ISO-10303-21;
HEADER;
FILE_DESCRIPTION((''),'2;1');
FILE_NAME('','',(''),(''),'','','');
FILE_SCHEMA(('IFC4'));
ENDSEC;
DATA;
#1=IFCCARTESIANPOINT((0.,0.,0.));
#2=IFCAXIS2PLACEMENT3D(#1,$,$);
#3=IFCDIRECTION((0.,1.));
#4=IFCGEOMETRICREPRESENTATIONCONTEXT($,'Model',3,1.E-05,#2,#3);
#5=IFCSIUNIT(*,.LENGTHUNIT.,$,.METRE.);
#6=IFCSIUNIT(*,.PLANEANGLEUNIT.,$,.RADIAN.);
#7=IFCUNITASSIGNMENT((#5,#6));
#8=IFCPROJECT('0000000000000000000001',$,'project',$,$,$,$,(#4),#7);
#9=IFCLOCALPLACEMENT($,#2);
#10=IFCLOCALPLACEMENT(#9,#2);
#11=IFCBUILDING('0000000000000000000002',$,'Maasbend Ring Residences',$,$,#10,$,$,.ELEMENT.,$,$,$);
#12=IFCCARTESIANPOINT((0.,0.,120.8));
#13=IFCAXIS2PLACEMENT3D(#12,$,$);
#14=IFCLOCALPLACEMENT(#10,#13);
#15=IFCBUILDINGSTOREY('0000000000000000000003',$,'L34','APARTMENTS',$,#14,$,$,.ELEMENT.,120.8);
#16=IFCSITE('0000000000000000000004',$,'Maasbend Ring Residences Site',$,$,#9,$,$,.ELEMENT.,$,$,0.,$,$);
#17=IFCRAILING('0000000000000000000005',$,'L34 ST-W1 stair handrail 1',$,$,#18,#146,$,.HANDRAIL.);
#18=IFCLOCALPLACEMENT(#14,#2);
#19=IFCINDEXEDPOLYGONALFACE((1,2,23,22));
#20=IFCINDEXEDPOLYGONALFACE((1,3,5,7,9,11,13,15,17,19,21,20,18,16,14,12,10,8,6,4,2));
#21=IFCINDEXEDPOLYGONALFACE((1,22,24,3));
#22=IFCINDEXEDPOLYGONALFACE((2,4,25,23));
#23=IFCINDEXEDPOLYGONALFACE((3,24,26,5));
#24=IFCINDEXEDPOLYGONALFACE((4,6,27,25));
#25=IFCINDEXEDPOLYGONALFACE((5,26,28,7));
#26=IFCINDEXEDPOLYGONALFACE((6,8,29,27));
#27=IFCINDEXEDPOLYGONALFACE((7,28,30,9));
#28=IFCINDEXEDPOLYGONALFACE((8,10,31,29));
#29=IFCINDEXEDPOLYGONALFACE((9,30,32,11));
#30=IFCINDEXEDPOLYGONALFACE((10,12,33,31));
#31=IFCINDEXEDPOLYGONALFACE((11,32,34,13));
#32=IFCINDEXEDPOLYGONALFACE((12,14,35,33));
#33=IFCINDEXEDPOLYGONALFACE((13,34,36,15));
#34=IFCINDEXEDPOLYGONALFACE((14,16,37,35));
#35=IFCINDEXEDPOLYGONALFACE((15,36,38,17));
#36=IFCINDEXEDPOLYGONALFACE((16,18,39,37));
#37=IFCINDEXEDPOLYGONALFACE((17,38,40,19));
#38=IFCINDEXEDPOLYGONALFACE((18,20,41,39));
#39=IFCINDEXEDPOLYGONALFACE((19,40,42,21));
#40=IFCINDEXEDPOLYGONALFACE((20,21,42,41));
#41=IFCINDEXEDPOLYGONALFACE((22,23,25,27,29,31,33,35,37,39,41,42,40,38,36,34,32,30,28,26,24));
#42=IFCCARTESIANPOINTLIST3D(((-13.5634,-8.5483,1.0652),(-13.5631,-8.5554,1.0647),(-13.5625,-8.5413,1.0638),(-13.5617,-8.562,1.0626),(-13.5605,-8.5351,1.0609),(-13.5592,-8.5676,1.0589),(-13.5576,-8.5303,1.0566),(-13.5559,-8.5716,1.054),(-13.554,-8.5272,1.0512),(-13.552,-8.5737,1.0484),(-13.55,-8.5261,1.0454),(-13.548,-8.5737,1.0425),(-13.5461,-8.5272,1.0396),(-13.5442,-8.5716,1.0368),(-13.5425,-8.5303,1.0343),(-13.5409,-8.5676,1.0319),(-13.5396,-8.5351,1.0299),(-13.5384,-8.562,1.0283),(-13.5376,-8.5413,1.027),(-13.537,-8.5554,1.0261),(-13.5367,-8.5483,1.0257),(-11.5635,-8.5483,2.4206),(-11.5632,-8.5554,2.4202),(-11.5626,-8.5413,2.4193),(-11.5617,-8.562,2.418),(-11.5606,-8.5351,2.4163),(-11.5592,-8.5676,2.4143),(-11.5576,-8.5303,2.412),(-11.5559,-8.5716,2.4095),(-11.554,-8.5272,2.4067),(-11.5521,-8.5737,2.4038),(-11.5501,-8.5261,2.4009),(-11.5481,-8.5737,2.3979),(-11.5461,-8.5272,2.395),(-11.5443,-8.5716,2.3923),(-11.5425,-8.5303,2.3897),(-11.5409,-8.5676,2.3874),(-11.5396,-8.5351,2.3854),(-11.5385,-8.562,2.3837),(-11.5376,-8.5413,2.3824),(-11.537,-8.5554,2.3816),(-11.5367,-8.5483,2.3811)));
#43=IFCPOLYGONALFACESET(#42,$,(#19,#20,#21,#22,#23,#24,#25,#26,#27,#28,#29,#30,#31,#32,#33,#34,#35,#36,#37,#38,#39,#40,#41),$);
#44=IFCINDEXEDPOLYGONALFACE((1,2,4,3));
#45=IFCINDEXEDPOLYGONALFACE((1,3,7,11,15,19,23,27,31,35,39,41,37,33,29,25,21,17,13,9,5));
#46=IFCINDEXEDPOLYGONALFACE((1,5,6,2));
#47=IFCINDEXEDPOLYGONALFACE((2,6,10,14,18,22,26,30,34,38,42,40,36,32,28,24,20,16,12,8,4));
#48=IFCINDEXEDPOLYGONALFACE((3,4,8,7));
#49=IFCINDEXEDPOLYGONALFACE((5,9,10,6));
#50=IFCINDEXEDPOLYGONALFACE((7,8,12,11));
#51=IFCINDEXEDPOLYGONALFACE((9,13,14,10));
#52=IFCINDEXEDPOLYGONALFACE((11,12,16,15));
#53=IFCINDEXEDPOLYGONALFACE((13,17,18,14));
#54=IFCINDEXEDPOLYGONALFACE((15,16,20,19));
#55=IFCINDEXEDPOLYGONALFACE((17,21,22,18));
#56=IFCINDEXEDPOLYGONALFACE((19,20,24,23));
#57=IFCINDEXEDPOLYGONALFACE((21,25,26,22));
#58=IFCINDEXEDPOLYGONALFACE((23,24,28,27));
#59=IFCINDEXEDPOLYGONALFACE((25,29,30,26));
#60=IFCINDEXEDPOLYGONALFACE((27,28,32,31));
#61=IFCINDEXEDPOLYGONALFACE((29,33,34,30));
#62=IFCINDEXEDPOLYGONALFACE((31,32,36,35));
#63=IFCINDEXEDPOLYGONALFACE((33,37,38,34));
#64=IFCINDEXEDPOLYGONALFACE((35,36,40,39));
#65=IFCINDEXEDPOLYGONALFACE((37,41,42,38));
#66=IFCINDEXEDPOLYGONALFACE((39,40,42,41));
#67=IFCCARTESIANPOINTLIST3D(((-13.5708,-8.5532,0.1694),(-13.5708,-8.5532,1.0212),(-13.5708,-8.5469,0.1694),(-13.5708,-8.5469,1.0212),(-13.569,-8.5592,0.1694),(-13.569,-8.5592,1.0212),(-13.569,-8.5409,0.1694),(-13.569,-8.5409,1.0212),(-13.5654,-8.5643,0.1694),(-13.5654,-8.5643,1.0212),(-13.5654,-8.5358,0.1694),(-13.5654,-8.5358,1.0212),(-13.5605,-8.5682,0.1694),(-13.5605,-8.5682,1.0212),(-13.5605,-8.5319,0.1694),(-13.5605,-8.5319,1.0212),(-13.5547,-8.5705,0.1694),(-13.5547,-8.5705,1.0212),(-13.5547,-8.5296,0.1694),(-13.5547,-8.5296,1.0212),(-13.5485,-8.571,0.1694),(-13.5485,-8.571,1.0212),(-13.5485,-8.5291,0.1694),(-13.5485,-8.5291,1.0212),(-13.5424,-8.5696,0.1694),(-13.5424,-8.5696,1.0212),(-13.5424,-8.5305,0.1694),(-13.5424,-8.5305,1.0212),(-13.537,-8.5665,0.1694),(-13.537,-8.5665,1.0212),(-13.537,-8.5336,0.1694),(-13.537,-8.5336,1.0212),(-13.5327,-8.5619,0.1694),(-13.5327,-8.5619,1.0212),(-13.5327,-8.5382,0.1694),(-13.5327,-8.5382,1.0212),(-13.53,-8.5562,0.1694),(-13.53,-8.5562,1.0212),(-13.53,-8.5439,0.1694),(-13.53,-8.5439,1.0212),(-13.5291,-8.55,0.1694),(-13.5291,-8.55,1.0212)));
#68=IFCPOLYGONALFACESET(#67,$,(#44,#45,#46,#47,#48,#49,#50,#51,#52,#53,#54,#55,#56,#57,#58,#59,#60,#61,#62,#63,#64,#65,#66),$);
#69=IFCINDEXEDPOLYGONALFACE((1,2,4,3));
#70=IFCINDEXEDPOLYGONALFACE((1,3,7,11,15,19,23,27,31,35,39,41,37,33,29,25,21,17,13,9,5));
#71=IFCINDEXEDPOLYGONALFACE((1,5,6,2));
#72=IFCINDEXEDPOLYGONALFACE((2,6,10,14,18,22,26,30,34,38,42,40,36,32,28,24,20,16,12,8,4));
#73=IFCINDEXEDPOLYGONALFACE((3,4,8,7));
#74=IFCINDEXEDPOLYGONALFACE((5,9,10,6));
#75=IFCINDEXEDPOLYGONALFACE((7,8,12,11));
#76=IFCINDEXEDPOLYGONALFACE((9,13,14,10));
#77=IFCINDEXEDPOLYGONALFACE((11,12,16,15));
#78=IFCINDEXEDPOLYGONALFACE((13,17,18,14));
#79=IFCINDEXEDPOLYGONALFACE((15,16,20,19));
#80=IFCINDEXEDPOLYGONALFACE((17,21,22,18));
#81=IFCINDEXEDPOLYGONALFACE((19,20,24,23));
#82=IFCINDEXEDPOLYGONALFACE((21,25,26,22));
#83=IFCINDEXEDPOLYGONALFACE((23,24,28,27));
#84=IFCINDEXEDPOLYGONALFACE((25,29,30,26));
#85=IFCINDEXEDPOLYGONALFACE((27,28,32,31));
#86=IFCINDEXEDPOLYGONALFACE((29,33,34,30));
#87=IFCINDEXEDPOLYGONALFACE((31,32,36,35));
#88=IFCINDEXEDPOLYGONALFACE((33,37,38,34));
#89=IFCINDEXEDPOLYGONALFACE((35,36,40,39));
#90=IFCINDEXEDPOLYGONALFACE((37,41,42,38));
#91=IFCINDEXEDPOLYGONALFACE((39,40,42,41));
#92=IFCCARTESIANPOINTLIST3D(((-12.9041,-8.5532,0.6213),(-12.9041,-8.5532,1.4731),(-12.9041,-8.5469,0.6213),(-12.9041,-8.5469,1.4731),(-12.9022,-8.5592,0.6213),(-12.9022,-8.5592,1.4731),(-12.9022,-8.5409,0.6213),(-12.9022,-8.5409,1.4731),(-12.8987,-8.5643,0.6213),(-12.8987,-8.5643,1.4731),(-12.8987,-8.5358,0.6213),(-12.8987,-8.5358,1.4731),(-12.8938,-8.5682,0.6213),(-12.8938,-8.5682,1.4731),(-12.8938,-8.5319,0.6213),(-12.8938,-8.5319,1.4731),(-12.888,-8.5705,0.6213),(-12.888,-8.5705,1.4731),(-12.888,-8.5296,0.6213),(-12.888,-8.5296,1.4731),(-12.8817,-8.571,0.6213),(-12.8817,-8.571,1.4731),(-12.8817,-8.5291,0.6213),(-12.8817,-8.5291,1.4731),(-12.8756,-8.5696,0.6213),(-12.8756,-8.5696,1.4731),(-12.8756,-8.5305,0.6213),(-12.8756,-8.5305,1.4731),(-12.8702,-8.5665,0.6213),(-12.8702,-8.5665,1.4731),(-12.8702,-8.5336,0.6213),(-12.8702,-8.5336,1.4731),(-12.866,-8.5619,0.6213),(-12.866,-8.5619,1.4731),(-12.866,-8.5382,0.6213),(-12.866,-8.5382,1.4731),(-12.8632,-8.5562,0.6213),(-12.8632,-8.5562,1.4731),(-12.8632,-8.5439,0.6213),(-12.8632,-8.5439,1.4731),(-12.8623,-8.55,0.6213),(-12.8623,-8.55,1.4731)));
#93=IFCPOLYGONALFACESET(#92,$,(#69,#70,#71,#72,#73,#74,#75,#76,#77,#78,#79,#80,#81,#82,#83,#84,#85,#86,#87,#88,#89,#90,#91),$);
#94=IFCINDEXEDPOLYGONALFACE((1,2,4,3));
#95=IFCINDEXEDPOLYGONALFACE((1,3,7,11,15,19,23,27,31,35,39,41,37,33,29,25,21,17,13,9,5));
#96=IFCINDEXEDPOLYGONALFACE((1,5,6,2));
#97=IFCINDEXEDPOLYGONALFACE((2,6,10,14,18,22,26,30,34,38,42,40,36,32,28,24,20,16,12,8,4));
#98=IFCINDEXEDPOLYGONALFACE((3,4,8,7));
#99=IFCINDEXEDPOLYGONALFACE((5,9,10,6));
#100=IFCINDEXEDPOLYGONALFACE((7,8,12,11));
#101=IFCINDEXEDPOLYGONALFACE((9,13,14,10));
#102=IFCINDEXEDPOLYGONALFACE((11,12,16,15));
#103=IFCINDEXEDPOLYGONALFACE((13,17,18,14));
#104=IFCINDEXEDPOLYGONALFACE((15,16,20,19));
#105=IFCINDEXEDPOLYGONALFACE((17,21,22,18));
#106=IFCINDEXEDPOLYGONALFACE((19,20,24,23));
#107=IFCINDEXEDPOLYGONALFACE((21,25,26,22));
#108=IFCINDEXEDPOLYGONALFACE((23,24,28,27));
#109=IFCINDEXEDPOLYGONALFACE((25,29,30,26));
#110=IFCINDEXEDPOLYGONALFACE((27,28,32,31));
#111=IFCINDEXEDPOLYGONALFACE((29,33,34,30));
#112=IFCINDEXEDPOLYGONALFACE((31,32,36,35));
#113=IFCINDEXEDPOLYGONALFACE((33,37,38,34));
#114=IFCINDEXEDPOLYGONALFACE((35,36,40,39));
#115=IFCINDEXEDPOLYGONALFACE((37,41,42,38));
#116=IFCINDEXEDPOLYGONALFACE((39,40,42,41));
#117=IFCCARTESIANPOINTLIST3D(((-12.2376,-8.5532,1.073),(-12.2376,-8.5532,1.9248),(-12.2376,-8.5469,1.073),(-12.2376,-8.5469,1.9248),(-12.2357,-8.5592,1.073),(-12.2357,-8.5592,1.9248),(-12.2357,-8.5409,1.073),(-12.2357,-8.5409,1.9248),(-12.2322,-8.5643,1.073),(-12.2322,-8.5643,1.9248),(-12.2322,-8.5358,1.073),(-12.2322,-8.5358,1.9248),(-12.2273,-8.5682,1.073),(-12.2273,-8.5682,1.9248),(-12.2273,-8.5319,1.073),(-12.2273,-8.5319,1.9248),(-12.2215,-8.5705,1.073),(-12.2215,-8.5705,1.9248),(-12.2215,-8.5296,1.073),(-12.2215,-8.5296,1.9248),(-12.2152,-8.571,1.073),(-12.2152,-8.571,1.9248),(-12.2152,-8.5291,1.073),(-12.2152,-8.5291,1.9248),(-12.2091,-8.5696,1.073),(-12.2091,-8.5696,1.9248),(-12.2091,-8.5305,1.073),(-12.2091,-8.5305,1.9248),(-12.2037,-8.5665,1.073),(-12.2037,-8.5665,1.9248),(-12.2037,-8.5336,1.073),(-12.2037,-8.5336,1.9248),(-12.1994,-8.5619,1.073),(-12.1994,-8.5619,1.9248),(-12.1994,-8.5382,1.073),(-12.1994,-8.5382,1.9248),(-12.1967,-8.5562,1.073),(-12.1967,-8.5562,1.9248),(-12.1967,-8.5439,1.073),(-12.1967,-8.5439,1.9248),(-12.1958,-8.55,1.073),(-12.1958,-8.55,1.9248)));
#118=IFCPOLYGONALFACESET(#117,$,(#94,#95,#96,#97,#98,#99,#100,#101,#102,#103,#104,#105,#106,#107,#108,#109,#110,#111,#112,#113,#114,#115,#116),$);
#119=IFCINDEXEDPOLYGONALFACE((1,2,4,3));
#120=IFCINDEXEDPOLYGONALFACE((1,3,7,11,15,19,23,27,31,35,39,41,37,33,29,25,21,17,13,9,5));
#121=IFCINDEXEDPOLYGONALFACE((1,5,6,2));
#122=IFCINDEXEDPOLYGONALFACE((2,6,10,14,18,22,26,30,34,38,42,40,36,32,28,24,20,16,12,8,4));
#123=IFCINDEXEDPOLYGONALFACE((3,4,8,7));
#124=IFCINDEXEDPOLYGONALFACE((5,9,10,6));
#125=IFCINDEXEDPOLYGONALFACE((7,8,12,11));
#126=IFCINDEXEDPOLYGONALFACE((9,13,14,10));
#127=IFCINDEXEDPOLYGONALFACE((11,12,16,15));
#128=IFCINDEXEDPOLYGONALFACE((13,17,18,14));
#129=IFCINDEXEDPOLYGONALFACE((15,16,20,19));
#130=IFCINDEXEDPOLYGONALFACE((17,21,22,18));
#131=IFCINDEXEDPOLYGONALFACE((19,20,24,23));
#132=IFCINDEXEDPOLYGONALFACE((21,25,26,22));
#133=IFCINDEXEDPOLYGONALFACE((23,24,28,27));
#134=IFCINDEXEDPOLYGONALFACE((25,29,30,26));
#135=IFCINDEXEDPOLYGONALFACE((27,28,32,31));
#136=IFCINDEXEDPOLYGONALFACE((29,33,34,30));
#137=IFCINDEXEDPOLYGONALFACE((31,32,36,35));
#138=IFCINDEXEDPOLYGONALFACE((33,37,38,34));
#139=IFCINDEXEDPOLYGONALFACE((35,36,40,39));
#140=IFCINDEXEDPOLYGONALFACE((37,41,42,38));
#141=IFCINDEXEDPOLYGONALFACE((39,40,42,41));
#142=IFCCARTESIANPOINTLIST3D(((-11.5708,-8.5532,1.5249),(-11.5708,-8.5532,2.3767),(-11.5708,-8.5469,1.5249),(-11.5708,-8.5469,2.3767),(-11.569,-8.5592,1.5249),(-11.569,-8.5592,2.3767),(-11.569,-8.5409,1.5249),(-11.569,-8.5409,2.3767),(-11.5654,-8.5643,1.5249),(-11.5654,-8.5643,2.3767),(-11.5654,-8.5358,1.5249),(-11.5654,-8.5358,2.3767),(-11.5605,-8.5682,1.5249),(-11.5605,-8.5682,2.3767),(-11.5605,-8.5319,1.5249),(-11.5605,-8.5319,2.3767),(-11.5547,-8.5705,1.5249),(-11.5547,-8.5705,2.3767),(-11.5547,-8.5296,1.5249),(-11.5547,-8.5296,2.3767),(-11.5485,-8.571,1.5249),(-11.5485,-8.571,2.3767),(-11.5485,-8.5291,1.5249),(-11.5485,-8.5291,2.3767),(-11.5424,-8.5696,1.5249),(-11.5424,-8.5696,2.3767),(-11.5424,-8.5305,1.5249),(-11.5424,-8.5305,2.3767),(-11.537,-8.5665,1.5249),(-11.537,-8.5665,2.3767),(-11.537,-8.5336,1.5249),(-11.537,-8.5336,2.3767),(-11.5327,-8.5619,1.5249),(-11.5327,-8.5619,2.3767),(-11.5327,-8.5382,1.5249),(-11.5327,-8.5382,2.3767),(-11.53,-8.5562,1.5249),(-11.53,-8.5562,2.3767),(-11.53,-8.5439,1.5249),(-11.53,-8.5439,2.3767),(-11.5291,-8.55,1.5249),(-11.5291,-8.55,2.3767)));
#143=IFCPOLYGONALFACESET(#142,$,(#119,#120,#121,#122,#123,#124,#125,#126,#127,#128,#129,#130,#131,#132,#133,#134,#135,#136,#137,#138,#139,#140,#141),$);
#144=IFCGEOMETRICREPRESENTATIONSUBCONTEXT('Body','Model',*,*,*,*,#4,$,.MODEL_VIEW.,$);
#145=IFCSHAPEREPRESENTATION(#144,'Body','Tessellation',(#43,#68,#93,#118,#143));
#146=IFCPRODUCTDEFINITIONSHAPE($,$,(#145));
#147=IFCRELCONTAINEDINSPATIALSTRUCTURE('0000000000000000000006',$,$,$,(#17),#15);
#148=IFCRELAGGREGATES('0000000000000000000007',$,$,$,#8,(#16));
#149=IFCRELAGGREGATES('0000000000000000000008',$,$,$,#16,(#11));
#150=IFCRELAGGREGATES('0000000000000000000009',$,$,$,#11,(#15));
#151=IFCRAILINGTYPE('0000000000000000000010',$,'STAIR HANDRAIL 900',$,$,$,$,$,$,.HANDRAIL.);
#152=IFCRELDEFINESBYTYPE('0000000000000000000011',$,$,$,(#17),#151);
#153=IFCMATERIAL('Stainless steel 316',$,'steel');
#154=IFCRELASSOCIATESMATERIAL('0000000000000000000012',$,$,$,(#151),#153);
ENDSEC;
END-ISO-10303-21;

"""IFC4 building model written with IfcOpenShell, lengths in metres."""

from ifc_helpers import new_model, si_unit, direction, frame, origin, origin_2d, place, context, subcontext, project, spatial, circle, extrude, material, type_object, element, save


model = new_model("IFC4")

# Units and contexts
model_context = context("Model", 3, precision=1e-05, world=origin(), true_north=direction((0.0, 1.0)))
body_context = subcontext(model_context, "Body", "Model", "MODEL_VIEW")
ifc_project = project(units=[si_unit("LENGTHUNIT", "METRE"), si_unit("PLANEANGLEUNIT", "RADIAN")], contexts=[model_context])

# Site, building, storey
site_placement = place(None, origin())
site = spatial("IfcSite", under=ifc_project, at=site_placement, Name="Maasbend Ring Residences Site", CompositionType="ELEMENT", RefElevation=0.0)
building_placement = place(site_placement, origin())
building = spatial("IfcBuilding", under=site, at=building_placement, Name="Maasbend Ring Residences", CompositionType="ELEMENT")
storey_placement = place(building_placement, frame((0.0, 0.0, 120.8)))
storey = spatial("IfcBuildingStorey", under=building, at=storey_placement, Name="L34", Description="APARTMENTS", CompositionType="ELEMENT", Elevation=120.8)

# Railing
ifc_material_1 = material(Name="Stainless steel 316", Category="steel")
railing_type_1 = type_object("IfcRailingType", Name="STAIR HANDRAIL 900", PredefinedType="HANDRAIL", material=ifc_material_1)
railing_1_placement = place(storey_placement, frame((-13.55, -8.55, 0.1694)))
element("IfcRailing", 1, at=railing_1_placement, inside=storey, type_object=railing_type_1, Name="L34 ST-W1 stair handrail 1", PredefinedType="HANDRAIL", context=body_context, shape_type="SweptSolid", body=[
    extrude(circle(Radius=0.0239, at=origin_2d()), frame((0.0, 0.0, 0.876), z_axis=(0.827798, 0.0, 0.561027), x_axis=(0.0, 1.0, 0.0)), (0.0, 0.0, 1.0), 2.416),
    extrude(circle(Radius=0.021, at=origin_2d()), origin(), (0.0, 0.0, 1.0), 0.8518),
    extrude(circle(Radius=0.021, at=origin_2d()), frame((0.6667, 0.0, 0.4519)), (0.0, 0.0, 1.0), 0.8518),
    extrude(circle(Radius=0.021, at=origin_2d()), frame((1.3333, 0.0, 0.9036)), (0.0, 0.0, 1.0), 0.8518),
    extrude(circle(Radius=0.021, at=origin_2d()), frame((2.0, 0.0, 1.3555)), (0.0, 0.0, 1.0), 0.8518),
])

save(model, "model.ifc")
